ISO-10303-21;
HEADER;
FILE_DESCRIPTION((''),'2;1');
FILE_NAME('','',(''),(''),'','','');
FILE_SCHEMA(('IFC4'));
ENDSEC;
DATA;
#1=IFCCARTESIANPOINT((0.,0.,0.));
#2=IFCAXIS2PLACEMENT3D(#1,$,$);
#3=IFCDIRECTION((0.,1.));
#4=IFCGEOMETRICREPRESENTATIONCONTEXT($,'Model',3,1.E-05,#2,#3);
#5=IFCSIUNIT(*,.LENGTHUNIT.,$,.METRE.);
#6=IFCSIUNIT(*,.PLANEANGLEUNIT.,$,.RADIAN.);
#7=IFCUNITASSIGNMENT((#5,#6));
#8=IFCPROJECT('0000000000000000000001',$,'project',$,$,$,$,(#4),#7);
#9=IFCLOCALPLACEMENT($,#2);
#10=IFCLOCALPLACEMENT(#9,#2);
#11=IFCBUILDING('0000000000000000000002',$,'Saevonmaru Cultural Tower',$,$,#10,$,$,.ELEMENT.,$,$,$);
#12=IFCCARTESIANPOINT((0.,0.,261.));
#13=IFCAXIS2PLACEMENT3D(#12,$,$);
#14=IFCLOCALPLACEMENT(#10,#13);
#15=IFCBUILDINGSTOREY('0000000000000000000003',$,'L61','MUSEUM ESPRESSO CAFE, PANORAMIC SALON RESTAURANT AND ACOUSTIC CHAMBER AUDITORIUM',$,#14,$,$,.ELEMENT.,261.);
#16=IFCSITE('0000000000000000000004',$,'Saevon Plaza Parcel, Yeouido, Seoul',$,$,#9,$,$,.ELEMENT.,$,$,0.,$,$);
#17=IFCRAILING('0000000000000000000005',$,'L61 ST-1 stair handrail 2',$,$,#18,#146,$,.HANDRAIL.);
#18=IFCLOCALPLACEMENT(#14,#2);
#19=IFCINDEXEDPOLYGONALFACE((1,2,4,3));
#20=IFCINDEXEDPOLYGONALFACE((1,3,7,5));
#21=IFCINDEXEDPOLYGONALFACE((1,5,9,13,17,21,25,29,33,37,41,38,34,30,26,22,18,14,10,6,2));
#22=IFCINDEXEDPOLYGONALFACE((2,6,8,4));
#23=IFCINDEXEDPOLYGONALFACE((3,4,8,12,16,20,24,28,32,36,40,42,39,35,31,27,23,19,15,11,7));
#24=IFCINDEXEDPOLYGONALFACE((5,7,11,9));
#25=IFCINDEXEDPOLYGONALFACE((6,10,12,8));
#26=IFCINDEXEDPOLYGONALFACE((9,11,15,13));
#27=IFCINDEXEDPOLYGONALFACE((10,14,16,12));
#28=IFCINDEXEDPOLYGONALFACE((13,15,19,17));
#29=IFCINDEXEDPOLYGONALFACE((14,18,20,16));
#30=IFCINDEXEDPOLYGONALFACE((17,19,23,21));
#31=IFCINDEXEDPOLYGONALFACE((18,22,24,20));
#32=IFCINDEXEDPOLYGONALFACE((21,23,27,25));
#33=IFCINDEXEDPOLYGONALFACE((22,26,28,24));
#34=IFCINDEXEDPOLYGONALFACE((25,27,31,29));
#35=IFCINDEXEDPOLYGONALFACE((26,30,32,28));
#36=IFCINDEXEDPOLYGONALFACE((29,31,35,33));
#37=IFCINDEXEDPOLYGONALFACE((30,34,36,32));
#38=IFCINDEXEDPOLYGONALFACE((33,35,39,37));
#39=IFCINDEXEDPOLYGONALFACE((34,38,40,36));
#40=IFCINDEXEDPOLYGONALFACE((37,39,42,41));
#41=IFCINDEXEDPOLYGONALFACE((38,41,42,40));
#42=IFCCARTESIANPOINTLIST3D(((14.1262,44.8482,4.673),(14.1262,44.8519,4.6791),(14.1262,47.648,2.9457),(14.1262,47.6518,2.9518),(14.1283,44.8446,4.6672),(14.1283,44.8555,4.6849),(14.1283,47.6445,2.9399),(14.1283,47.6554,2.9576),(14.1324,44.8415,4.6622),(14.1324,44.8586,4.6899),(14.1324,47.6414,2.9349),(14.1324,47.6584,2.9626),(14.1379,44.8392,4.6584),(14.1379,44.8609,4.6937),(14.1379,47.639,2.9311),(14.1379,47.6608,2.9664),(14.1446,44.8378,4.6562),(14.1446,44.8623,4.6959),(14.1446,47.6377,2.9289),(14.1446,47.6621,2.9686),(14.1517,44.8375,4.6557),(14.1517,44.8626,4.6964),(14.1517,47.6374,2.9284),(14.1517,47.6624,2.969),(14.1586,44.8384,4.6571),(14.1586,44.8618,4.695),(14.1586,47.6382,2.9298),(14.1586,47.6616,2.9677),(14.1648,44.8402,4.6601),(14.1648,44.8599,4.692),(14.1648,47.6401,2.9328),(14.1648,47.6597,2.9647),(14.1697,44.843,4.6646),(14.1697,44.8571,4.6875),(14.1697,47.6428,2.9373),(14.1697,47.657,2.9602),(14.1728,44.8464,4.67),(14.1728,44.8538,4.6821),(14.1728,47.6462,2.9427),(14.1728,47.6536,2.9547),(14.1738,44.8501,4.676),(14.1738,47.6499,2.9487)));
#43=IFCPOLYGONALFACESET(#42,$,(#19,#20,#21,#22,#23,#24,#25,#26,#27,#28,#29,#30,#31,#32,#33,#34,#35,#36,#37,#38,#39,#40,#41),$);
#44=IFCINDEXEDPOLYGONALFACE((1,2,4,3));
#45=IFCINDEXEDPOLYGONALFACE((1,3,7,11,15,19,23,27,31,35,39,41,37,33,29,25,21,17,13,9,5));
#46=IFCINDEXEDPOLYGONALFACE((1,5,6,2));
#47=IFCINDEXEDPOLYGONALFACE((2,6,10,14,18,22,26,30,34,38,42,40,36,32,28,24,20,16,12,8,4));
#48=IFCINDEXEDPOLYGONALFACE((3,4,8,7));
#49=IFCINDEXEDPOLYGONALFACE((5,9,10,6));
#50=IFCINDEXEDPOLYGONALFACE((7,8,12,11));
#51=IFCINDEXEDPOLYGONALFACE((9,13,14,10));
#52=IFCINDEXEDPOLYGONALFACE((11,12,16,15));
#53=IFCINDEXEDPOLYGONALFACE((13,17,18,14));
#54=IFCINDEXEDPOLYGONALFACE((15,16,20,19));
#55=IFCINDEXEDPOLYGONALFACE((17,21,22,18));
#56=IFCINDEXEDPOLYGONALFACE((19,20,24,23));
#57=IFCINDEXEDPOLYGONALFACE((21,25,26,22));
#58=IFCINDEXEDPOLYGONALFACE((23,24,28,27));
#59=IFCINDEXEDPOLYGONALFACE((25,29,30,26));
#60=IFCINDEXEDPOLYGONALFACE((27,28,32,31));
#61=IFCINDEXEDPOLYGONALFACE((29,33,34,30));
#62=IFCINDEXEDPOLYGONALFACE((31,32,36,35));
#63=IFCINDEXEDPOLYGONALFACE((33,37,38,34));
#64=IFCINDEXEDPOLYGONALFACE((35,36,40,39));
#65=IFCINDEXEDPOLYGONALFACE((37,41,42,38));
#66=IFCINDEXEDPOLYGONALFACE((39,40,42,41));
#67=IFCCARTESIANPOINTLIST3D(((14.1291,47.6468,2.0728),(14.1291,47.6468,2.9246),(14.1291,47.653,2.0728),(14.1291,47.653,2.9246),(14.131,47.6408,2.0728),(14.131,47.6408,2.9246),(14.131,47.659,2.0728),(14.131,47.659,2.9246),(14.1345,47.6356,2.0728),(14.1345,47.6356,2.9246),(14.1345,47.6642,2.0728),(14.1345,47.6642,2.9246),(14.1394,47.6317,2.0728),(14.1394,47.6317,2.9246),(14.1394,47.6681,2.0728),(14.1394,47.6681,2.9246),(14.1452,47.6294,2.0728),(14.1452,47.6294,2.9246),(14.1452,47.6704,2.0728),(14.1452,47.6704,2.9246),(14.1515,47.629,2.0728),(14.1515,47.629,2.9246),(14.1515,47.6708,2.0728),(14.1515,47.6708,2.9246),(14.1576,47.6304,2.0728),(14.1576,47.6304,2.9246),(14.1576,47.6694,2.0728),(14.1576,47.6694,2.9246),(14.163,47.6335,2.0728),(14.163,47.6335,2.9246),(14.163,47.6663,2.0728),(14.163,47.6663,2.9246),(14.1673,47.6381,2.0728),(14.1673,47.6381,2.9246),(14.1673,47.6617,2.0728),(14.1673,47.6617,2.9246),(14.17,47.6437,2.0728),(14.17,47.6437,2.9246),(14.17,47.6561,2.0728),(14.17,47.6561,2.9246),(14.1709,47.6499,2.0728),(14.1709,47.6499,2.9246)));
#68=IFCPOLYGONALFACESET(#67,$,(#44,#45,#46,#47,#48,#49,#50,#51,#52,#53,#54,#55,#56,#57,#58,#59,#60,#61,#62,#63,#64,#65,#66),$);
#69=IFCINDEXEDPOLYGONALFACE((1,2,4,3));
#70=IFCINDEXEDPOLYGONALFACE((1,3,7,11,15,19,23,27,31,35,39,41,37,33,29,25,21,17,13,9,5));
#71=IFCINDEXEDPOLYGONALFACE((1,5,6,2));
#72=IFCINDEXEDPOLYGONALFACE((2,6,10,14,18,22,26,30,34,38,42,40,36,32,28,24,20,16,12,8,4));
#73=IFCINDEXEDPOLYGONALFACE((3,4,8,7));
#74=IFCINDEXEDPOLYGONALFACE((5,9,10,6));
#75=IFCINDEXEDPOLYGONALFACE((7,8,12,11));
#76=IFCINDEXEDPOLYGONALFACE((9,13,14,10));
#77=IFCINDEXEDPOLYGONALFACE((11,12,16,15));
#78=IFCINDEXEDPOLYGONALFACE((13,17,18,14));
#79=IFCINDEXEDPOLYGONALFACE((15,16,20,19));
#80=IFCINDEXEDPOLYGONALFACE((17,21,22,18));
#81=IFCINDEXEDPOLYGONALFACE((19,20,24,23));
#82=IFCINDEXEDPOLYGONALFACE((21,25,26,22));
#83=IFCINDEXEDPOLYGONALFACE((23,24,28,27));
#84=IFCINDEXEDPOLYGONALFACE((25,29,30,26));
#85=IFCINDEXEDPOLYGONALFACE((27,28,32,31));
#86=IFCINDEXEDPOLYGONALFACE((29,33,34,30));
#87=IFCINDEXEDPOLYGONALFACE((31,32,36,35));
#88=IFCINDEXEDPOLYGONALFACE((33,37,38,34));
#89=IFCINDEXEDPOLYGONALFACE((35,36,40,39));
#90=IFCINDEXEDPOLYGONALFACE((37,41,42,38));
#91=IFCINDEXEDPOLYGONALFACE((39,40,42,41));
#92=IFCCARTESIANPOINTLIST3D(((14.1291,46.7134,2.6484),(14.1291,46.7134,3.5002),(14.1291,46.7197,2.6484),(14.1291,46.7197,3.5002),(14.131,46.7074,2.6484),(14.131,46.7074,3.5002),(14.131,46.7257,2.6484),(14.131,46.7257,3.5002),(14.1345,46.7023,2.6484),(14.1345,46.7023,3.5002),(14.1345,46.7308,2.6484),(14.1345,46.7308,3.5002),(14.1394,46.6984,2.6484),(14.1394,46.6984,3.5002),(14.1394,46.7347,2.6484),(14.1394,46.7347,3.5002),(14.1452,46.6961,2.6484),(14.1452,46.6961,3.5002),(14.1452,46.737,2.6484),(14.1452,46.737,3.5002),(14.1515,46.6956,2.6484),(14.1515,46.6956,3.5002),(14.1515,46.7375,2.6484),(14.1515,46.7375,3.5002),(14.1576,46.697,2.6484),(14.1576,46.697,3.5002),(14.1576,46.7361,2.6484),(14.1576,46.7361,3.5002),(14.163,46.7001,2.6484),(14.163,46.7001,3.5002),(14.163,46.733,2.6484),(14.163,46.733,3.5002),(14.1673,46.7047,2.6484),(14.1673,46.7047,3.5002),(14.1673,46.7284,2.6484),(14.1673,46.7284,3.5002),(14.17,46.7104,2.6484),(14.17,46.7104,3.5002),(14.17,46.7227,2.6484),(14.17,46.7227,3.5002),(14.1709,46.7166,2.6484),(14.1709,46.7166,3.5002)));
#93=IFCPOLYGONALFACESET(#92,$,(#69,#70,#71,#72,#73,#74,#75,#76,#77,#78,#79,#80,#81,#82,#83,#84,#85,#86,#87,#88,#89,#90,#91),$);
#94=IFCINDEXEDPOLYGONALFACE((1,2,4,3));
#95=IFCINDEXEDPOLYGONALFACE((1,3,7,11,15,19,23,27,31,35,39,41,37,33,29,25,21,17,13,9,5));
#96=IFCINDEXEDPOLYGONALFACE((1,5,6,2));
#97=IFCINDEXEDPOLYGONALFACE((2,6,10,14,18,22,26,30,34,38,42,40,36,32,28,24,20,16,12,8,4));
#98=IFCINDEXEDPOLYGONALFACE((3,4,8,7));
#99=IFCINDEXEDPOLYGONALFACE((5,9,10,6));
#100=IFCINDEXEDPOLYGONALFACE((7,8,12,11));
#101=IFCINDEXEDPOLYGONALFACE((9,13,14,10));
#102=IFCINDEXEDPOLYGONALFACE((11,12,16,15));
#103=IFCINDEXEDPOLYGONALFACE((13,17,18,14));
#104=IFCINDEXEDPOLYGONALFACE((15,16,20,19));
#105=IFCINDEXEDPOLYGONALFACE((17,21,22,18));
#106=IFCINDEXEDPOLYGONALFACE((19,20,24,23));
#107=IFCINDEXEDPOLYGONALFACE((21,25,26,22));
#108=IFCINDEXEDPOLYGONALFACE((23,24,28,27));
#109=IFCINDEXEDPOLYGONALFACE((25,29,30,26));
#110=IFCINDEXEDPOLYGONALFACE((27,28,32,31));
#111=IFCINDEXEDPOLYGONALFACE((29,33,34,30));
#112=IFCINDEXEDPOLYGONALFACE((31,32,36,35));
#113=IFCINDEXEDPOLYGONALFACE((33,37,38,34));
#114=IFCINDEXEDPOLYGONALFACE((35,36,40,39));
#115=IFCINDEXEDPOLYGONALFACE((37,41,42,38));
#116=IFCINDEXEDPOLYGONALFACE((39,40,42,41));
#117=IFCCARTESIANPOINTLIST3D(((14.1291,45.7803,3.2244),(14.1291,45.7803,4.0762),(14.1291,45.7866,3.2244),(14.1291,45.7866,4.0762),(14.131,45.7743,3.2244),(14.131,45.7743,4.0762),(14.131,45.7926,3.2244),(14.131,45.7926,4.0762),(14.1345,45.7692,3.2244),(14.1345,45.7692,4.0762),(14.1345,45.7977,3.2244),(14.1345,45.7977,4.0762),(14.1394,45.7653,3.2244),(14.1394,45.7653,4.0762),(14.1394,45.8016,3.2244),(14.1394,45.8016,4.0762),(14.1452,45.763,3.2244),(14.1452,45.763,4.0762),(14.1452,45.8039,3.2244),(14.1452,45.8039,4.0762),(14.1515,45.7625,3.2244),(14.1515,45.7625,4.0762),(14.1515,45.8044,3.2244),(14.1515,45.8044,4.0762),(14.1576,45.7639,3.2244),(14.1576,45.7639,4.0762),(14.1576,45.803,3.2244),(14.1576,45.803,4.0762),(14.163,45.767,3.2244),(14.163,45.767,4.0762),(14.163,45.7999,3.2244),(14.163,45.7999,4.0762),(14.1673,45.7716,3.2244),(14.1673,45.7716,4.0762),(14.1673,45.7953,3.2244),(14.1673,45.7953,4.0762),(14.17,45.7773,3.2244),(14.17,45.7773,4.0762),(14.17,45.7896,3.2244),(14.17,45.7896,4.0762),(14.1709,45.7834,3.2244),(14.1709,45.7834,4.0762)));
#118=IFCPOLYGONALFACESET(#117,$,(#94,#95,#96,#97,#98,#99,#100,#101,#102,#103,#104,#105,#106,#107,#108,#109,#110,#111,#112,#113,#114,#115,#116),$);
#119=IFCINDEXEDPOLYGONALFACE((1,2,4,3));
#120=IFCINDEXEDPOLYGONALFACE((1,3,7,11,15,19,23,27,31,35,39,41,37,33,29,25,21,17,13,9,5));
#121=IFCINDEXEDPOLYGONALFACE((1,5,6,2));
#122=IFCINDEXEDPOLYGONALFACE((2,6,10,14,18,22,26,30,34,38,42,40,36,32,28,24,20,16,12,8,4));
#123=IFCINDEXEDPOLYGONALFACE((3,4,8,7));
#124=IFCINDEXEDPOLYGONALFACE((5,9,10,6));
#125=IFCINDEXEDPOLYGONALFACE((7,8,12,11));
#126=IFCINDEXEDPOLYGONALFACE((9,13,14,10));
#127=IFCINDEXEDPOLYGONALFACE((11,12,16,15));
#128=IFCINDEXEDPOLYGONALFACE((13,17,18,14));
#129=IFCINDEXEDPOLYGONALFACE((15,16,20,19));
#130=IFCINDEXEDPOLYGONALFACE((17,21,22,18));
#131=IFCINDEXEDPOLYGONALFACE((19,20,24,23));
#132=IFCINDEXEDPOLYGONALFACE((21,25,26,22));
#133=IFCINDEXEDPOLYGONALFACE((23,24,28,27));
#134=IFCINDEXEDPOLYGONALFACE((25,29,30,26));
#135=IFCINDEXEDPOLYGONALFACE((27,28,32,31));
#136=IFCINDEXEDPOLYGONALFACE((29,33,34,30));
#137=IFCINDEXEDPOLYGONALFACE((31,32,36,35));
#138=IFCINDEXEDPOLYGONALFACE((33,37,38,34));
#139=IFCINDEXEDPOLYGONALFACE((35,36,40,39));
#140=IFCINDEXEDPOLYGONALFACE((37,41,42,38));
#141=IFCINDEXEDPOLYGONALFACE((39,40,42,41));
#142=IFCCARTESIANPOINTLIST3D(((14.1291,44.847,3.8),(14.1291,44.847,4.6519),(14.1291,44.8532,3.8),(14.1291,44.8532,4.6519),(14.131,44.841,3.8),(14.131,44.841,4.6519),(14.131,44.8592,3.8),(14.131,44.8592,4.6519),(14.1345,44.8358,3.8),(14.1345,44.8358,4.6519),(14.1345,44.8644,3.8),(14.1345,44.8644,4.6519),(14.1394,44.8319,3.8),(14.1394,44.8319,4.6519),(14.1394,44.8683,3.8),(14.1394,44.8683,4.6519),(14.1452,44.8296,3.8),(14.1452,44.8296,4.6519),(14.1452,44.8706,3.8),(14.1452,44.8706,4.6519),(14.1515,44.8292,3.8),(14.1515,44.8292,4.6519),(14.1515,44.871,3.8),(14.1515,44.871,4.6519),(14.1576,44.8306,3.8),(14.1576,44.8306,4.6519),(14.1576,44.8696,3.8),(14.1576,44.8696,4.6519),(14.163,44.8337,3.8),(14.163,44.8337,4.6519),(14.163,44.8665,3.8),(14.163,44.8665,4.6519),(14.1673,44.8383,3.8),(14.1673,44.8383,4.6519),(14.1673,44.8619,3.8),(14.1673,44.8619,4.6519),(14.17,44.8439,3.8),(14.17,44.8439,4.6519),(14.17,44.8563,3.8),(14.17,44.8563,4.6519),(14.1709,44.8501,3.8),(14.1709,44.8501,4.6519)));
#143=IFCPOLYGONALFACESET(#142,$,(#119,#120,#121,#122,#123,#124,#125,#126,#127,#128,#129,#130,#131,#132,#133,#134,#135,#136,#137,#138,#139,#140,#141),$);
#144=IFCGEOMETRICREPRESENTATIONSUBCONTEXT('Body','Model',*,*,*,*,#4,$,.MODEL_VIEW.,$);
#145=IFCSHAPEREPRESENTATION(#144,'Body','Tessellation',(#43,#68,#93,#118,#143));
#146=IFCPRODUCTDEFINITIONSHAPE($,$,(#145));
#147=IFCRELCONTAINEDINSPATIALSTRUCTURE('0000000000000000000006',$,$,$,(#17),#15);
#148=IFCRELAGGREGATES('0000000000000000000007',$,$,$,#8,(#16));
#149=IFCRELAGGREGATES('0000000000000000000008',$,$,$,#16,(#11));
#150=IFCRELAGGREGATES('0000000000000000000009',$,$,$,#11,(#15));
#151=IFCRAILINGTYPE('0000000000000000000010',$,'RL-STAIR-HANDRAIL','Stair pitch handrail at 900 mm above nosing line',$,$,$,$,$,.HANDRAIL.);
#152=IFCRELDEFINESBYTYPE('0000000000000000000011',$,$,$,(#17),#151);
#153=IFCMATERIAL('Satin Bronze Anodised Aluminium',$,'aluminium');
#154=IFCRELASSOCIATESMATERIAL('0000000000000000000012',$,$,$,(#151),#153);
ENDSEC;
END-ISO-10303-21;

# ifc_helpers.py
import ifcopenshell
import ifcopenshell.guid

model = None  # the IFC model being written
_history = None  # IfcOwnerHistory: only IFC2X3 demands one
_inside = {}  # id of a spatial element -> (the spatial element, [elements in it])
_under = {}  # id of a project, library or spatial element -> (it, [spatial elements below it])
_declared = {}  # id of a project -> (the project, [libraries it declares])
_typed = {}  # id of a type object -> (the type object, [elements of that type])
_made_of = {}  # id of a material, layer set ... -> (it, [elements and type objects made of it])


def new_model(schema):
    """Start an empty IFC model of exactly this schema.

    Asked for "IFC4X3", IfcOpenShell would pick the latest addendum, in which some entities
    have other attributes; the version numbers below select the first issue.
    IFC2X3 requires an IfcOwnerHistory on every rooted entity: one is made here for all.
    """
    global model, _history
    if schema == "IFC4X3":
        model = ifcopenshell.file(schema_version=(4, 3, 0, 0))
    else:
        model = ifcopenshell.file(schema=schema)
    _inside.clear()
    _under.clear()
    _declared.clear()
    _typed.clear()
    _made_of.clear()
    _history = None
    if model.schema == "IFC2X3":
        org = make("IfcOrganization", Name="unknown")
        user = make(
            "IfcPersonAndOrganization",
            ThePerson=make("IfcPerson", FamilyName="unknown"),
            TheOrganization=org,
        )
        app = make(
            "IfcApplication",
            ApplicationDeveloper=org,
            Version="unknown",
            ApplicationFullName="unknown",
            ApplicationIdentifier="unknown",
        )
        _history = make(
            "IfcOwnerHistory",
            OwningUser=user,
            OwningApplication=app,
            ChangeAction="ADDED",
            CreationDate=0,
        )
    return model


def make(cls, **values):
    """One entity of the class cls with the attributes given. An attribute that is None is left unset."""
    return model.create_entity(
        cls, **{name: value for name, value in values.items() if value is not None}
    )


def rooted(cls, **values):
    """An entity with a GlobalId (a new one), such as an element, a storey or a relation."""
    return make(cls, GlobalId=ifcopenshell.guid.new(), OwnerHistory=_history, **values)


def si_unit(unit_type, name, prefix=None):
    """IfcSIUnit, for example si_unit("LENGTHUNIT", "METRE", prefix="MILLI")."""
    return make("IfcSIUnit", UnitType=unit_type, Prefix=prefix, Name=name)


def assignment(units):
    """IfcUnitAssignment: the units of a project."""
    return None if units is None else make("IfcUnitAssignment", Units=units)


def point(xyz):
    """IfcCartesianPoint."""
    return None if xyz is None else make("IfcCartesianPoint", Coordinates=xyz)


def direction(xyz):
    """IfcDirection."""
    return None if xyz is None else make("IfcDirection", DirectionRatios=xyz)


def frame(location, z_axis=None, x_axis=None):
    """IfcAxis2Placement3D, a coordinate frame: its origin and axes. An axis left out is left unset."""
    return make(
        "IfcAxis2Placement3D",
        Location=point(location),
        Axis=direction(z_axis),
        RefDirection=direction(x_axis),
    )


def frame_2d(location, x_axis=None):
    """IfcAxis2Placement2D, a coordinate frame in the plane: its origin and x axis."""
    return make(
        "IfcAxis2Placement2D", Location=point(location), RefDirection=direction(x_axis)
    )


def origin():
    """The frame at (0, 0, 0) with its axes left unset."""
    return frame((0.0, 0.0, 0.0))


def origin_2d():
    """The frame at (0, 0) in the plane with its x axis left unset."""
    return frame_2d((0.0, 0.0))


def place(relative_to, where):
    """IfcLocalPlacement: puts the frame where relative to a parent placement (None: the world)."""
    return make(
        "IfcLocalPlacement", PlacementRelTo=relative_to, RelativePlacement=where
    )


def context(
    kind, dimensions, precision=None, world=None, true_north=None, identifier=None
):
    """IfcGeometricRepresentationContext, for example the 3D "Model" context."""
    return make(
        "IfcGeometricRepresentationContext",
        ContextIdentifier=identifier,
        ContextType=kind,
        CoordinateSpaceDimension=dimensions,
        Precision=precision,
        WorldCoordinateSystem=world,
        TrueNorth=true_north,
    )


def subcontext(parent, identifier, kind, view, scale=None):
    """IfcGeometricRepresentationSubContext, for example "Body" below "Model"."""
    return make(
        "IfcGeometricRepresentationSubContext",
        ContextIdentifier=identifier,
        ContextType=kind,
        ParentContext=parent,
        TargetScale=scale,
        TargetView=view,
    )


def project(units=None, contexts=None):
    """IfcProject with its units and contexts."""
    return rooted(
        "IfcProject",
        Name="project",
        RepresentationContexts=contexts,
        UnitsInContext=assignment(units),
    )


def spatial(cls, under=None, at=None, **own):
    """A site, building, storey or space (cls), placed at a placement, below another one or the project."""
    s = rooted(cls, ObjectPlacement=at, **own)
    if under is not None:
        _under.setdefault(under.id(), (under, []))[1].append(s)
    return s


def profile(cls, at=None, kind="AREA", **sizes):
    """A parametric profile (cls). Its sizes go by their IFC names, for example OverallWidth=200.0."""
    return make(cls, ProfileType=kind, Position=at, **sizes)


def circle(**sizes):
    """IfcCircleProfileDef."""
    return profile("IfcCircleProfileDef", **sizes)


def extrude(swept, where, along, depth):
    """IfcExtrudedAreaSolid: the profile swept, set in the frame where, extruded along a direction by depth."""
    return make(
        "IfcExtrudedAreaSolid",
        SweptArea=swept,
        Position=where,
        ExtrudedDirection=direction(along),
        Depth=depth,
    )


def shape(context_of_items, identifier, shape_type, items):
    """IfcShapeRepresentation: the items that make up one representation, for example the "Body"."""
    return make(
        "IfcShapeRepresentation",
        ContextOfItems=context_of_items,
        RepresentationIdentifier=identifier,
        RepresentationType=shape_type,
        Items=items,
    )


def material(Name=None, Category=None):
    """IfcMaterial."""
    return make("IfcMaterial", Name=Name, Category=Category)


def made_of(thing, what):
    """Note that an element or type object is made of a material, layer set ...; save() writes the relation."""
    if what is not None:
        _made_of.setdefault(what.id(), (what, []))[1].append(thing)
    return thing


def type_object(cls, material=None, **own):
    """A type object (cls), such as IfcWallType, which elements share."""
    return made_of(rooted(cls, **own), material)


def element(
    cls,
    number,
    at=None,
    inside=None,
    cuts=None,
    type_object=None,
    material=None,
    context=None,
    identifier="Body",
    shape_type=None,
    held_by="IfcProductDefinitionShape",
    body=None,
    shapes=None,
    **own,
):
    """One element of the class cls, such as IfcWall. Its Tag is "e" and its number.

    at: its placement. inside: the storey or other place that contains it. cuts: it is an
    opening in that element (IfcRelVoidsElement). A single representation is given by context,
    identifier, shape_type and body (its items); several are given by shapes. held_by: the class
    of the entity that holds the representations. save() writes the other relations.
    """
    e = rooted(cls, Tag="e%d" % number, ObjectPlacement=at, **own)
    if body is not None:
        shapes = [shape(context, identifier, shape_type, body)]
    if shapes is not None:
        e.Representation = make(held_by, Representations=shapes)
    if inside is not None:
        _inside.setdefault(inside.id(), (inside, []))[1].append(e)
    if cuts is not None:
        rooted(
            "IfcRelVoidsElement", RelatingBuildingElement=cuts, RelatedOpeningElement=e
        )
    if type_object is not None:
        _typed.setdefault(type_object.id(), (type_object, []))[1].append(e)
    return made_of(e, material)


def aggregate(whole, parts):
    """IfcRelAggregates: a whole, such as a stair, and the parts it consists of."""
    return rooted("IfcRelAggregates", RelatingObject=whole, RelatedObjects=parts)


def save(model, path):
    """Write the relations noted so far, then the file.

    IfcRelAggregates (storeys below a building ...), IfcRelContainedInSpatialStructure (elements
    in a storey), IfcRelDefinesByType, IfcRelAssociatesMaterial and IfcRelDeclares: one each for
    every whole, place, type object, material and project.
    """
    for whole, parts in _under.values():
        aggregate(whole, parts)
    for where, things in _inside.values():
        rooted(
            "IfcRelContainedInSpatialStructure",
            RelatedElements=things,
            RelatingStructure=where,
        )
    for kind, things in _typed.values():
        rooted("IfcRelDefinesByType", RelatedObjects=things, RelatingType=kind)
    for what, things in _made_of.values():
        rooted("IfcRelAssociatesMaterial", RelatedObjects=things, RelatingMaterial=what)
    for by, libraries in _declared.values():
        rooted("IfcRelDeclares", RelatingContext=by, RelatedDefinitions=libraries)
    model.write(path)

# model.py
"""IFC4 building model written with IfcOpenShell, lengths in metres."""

from ifc_helpers import new_model, si_unit, direction, frame, origin, origin_2d, place, context, subcontext, project, spatial, circle, extrude, material, type_object, element, save


model = new_model("IFC4")

# Units and contexts
model_context = context("Model", 3, precision=1e-05, world=origin(), true_north=direction((0.0, 1.0)))
body_context = subcontext(model_context, "Body", "Model", "MODEL_VIEW")
ifc_project = project(units=[si_unit("LENGTHUNIT", "METRE"), si_unit("PLANEANGLEUNIT", "RADIAN")], contexts=[model_context])

# Site, building, storey
site_placement = place(None, origin())
site = spatial("IfcSite", under=ifc_project, at=site_placement, Name="Saevon Plaza Parcel, Yeouido, Seoul", CompositionType="ELEMENT", RefElevation=0.0)
building_placement = place(site_placement, origin())
building = spatial("IfcBuilding", under=site, at=building_placement, Name="Saevonmaru Cultural Tower", CompositionType="ELEMENT")
storey_placement = place(building_placement, frame((0.0, 0.0, 261.0)))
storey = spatial("IfcBuildingStorey", under=building, at=storey_placement, Name="L61", Description="MUSEUM ESPRESSO CAFE, PANORAMIC SALON RESTAURANT AND ACOUSTIC CHAMBER AUDITORIUM", CompositionType="ELEMENT", Elevation=261.0)

# Shared definitions
ifc_material_1 = material(Name="Satin Bronze Anodised Aluminium", Category="aluminium")

# Railing
railing_type_1 = type_object("IfcRailingType", Name="RL-STAIR-HANDRAIL", Description="Stair pitch handrail at 900 mm above nosing line", PredefinedType="HANDRAIL", material=ifc_material_1)
railing_1_placement = place(storey_placement, frame((14.1499, 47.6499, 2.0728)))
element("IfcRailing", 1, at=railing_1_placement, inside=storey, type_object=railing_type_1, Name="L61 ST-1 stair handrail 2", PredefinedType="HANDRAIL", context=body_context, shape_type="SweptSolid", body=[
    extrude(circle(Radius=0.0239, at=origin_2d()), frame((0.0, 0.0, 0.876), z_axis=(0.0, -0.851069, 0.525054), x_axis=(1.0, 0.0, 0.0)), (0.0, 0.0, 1.0), 3.2898),
    extrude(circle(Radius=0.021, at=origin_2d()), origin(), (0.0, 0.0, 1.0), 0.8518),
    extrude(circle(Radius=0.021, at=origin_2d()), frame((0.0, -0.9333, 0.5757)), (0.0, 0.0, 1.0), 0.8518),
    extrude(circle(Radius=0.021, at=origin_2d()), frame((0.0, -1.8665, 1.1516)), (0.0, 0.0, 1.0), 0.8518),
    extrude(circle(Radius=0.021, at=origin_2d()), frame((0.0, -2.7998, 1.7273)), (0.0, 0.0, 1.0), 0.8518),
])

save(model, "model.ifc")
